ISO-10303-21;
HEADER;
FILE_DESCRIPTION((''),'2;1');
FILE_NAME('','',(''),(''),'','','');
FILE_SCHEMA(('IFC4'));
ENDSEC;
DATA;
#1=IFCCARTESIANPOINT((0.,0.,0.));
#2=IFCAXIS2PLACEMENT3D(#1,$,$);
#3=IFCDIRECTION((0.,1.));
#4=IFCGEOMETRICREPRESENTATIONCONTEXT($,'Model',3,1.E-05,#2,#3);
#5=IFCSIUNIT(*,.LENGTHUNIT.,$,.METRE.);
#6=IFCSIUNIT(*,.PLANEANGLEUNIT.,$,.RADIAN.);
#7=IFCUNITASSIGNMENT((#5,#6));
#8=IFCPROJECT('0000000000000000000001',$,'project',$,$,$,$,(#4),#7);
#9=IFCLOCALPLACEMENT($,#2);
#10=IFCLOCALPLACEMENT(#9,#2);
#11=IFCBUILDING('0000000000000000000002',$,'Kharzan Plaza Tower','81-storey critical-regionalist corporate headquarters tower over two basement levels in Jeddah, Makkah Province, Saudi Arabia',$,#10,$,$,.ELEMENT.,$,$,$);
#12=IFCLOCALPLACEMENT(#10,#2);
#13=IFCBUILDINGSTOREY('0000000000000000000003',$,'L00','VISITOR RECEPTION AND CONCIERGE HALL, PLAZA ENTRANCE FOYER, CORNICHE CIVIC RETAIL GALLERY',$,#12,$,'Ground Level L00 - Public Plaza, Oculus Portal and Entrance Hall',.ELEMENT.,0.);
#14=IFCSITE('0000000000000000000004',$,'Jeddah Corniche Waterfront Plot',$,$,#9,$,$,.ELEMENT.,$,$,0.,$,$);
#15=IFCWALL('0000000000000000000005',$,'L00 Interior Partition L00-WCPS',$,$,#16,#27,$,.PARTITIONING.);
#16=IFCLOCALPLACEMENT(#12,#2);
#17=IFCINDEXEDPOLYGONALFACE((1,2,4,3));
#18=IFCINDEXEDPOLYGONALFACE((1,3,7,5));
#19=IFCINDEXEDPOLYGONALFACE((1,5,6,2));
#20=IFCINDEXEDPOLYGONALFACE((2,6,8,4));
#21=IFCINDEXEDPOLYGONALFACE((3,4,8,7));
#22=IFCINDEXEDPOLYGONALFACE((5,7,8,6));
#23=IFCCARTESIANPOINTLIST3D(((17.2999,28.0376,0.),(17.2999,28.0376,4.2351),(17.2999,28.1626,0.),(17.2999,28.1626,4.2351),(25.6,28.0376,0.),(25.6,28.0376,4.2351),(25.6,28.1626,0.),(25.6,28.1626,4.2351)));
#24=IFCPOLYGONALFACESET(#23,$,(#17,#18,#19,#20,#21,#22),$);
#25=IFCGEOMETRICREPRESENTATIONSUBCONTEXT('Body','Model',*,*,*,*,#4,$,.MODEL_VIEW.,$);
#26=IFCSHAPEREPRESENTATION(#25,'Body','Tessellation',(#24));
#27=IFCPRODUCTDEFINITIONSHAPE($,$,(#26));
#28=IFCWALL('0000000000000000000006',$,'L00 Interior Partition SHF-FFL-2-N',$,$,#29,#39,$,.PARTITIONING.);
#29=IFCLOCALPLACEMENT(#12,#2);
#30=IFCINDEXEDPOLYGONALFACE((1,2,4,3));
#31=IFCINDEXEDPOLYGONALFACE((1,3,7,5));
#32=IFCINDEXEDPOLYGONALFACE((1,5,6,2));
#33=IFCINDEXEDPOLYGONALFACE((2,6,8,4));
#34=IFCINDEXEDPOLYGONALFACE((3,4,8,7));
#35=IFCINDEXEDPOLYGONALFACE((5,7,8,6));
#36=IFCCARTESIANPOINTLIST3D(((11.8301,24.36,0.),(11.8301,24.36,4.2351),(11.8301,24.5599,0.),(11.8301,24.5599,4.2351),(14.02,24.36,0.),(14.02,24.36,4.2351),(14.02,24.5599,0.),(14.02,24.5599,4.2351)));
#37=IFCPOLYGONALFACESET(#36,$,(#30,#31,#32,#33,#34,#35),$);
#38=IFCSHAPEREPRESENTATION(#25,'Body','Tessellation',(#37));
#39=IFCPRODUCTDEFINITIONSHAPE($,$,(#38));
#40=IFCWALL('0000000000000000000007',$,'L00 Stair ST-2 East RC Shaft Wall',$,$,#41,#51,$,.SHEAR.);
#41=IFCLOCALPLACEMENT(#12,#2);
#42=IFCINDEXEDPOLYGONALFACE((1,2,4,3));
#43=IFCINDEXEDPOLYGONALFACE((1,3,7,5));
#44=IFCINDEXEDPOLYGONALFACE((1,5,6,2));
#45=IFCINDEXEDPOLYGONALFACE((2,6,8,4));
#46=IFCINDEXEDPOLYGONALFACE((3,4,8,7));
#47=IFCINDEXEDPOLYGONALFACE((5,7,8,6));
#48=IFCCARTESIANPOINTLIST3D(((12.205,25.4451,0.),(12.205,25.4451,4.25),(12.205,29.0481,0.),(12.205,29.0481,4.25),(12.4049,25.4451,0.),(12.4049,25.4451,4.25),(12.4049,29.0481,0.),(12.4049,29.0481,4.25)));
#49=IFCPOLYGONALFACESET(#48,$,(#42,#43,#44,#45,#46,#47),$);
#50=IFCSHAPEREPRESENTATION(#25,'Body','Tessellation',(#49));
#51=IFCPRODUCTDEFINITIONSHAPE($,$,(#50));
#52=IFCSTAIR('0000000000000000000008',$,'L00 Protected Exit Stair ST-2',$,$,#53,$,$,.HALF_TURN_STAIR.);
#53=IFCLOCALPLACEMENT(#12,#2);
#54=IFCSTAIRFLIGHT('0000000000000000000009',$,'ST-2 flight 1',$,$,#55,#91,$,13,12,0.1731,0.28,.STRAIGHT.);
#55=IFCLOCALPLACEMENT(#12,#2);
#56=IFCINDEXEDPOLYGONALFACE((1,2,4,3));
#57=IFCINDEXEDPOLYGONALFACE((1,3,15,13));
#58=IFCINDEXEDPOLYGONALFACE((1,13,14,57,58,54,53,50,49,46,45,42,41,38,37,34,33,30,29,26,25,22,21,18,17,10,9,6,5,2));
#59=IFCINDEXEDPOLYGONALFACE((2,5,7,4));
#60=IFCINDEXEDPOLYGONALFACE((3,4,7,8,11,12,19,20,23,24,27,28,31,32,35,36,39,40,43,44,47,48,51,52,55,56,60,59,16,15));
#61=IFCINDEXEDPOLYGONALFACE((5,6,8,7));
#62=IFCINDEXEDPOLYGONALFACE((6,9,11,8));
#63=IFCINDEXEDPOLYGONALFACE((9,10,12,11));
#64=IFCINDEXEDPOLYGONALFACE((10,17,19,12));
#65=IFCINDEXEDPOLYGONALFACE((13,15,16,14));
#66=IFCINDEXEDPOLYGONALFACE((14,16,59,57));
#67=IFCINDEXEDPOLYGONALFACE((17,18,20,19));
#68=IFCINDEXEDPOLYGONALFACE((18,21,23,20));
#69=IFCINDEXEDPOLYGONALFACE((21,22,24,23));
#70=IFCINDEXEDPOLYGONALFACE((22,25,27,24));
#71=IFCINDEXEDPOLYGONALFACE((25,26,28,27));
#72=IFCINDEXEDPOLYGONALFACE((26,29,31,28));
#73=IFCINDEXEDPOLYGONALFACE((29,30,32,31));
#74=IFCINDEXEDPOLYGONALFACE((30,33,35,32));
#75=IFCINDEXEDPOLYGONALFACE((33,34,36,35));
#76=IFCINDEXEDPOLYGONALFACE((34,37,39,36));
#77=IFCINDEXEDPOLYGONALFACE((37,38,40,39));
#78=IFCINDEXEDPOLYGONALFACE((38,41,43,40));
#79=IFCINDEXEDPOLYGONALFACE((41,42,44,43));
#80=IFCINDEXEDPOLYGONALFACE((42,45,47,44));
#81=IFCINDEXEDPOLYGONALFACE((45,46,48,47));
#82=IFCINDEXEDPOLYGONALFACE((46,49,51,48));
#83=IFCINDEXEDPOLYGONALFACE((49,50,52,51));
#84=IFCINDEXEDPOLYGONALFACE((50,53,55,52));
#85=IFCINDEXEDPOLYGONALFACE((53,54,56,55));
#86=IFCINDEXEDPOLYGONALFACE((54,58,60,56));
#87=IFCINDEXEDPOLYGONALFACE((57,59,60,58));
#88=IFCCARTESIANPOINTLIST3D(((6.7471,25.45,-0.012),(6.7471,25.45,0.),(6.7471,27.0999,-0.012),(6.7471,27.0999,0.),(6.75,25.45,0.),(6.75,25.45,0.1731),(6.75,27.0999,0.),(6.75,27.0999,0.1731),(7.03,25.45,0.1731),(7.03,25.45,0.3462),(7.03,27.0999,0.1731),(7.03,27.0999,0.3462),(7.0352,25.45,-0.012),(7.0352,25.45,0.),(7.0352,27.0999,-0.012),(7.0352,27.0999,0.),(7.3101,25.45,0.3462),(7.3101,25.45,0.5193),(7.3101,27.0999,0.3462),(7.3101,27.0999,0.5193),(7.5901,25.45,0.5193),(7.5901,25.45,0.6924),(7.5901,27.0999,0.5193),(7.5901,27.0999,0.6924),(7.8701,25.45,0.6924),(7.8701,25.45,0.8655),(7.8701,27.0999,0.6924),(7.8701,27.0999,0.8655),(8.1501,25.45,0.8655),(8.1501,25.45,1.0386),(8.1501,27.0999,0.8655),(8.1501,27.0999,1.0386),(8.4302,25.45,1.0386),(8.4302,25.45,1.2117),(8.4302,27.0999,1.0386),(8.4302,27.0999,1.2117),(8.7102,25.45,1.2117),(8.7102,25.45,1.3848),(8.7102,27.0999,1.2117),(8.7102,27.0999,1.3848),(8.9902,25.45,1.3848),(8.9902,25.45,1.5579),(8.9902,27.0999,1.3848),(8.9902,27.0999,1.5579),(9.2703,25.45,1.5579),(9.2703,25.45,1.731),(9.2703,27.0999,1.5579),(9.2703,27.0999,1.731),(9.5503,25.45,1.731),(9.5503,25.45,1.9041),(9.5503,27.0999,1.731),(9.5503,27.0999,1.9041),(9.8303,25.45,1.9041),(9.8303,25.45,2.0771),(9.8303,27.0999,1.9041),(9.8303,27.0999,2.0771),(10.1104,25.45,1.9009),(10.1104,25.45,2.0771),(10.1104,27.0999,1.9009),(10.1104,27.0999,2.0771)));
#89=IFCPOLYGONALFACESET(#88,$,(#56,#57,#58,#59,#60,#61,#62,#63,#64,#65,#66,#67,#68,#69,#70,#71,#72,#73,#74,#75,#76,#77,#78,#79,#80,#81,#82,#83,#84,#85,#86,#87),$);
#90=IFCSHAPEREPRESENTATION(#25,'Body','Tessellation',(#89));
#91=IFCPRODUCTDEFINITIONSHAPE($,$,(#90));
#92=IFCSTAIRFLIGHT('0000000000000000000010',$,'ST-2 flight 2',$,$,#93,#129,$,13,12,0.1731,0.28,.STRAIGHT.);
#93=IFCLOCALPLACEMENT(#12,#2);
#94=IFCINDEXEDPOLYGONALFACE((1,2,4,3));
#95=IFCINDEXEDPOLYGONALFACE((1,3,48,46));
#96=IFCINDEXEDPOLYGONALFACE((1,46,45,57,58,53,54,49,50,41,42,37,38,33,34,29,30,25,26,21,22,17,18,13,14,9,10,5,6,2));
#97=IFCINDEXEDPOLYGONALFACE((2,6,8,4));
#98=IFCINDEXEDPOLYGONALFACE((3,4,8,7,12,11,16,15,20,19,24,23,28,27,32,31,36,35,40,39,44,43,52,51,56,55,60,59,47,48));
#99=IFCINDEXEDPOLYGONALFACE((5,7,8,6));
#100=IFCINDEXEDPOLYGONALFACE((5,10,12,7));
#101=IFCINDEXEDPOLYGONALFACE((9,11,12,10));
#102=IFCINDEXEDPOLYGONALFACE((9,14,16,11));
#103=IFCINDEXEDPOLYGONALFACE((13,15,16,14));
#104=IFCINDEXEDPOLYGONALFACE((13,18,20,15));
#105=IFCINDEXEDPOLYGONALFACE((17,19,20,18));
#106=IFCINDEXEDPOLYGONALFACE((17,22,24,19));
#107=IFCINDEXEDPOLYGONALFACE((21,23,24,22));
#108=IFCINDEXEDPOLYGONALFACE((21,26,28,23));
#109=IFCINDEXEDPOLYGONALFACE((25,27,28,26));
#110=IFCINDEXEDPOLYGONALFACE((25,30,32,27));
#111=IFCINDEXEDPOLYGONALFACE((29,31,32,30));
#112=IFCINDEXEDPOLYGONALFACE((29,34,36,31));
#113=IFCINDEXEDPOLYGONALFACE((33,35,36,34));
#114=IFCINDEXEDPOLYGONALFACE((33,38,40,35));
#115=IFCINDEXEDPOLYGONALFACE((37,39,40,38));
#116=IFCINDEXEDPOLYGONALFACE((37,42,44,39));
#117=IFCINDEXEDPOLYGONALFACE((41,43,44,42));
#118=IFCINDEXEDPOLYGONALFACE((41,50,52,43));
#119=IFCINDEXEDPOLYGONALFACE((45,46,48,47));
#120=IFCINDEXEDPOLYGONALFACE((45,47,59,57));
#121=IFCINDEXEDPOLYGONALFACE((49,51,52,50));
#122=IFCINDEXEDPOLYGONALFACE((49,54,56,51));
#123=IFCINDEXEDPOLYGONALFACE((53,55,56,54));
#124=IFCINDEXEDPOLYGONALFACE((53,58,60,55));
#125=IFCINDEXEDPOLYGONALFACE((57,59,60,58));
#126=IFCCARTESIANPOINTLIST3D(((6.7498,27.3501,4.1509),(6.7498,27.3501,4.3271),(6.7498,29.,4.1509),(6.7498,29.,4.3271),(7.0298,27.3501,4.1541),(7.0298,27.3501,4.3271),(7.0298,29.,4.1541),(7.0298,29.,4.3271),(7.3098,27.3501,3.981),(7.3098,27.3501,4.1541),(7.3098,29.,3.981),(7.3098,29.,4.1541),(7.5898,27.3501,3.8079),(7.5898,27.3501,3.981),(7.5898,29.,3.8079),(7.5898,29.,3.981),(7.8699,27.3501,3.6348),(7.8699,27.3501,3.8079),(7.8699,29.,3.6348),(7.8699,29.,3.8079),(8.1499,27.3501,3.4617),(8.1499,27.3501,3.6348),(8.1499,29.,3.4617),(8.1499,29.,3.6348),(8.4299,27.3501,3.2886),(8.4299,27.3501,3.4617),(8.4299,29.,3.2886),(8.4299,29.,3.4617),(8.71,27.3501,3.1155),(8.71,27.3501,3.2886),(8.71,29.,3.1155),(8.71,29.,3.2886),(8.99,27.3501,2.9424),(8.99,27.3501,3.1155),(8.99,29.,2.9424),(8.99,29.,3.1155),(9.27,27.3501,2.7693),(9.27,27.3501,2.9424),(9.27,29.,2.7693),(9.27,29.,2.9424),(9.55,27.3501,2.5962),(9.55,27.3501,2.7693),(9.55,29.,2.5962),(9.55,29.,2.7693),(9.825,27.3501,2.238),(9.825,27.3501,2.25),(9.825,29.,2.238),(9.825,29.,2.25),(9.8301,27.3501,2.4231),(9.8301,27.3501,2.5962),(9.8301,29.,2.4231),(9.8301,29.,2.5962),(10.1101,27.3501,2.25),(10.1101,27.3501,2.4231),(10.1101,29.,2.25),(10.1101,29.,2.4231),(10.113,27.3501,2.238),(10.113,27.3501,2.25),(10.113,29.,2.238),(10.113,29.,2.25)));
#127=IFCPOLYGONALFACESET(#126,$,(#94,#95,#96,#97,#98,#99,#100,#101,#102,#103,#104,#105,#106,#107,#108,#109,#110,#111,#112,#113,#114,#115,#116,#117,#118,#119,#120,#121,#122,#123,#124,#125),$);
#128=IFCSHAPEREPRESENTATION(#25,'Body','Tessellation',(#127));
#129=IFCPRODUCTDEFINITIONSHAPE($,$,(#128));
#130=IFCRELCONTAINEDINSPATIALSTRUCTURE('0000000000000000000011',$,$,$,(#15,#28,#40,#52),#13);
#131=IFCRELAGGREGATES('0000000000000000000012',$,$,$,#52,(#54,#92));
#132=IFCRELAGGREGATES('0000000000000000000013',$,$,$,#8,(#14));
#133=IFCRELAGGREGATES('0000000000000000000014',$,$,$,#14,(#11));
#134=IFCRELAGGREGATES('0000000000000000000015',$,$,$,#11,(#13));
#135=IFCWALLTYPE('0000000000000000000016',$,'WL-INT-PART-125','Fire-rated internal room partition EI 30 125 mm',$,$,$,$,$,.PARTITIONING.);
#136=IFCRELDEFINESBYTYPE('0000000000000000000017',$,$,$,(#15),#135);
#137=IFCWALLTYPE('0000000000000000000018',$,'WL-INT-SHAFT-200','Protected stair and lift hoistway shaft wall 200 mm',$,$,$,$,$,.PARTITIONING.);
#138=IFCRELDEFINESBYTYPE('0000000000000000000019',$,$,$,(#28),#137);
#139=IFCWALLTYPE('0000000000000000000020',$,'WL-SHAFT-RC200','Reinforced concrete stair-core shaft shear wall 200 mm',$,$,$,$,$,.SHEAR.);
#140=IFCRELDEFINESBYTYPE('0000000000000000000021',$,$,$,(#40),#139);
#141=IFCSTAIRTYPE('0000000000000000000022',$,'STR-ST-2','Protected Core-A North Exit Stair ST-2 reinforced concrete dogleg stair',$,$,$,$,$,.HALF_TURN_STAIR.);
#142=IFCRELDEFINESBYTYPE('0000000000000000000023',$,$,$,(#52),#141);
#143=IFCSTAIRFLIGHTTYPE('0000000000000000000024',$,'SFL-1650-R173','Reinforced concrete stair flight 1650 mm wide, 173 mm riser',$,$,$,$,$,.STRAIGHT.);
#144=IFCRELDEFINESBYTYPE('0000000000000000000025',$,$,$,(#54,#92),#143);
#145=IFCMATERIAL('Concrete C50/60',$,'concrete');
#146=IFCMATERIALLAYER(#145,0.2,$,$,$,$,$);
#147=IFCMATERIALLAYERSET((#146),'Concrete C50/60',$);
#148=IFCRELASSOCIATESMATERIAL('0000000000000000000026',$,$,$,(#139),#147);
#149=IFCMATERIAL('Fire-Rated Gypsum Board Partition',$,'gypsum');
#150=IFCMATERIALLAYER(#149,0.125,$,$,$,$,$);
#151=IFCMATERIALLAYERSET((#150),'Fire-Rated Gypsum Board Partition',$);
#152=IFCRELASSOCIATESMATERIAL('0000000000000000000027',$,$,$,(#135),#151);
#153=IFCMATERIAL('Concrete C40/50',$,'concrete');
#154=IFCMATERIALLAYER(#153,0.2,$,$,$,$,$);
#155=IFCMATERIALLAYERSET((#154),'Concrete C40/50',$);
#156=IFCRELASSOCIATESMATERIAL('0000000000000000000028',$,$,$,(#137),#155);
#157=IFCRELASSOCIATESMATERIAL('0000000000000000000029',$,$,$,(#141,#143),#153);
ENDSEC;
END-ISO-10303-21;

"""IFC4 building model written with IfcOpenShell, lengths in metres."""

from ifc_helpers import new_model, si_unit, direction, frame, frame_2d, origin, place, context, subcontext, project, spatial, polyline, rectangle, outline, extrude, source, transform, mapped, material, layer, layer_set, type_object, element, aggregate, save


model = new_model("IFC4")

# Units and contexts
model_context = context("Model", 3, precision=1e-05, world=origin(), true_north=direction((0.0, 1.0)))
body_context = subcontext(model_context, "Body", "Model", "MODEL_VIEW")
ifc_project = project(units=[si_unit("LENGTHUNIT", "METRE"), si_unit("PLANEANGLEUNIT", "RADIAN")], contexts=[model_context])

# Site, building, storey
site_placement = place(None, origin())
site = spatial("IfcSite", under=ifc_project, at=site_placement, Name="Jeddah Corniche Waterfront Plot", CompositionType="ELEMENT", RefElevation=0.0)
building_placement = place(site_placement, origin())
building = spatial("IfcBuilding", under=site, at=building_placement, Name="Kharzan Plaza Tower", Description="81-storey critical-regionalist corporate headquarters tower over two basement levels in Jeddah, Makkah Province, Saudi Arabia", CompositionType="ELEMENT")
storey_placement = place(building_placement, origin())
storey = spatial("IfcBuildingStorey", under=building, at=storey_placement, Name="L00", Description="VISITOR RECEPTION AND CONCIERGE HALL, PLAZA ENTRANCE FOYER, CORNICHE CIVIC RETAIL GALLERY", LongName="Ground Level L00 - Public Plaza, Oculus Portal and Entrance Hall", CompositionType="ELEMENT", Elevation=0.0)

# Shared definitions
ifc_material_1 = material(Name="Concrete C50/60", Category="concrete")
ifc_layer_1 = layer(ifc_material_1, 0.2)
ifc_layer_set_1 = layer_set([ifc_layer_1], Name="Concrete C50/60")
wall_type_1 = type_object("IfcWallType", Name="WL-SHAFT-RC200", Description="Reinforced concrete stair-core shaft shear wall 200 mm", PredefinedType="SHEAR", material=ifc_layer_set_1)

# Walls
ifc_material_2 = material(Name="Fire-Rated Gypsum Board Partition", Category="gypsum")
ifc_layer_2 = layer(ifc_material_2, 0.125)
ifc_layer_set_2 = layer_set([ifc_layer_2], Name="Fire-Rated Gypsum Board Partition")
wall_type_2 = type_object("IfcWallType", Name="WL-INT-PART-125", Description="Fire-rated internal room partition EI 30 125 mm", PredefinedType="PARTITIONING", material=ifc_layer_set_2)
shared_shape_1 = source(origin(), body_context, "Body", "SweptSolid", [
    extrude(rectangle(XDim=8.3, YDim=0.125, at=frame_2d((4.1499, 0.0))), origin(), (0.0, 0.0, 1.0), 4.2351),
])
wall_1_placement = place(storey_placement, frame((17.3, 28.1001, 0.0), z_axis=(0.0, 0.0, 1.0), x_axis=(1.0, 0.0, 0.0)))
element("IfcWall", 1, at=wall_1_placement, inside=storey, type_object=wall_type_2, Name="L00 Interior Partition L00-WCPS", PredefinedType="PARTITIONING", context=body_context, shape_type="MappedRepresentation", body=[
    mapped(shared_shape_1, transform((0.0, 0.0, 0.0), x_axis=(1.0, 0.0, 0.0), y_axis=(0.0, 1.0, 0.0), z_axis=(0.0, 0.0, 1.0))),
])
ifc_material_3 = material(Name="Concrete C40/50", Category="concrete")
ifc_layer_3 = layer(ifc_material_3, 0.2)
ifc_layer_set_3 = layer_set([ifc_layer_3], Name="Concrete C40/50")
wall_type_3 = type_object("IfcWallType", Name="WL-INT-SHAFT-200", Description="Protected stair and lift hoistway shaft wall 200 mm", PredefinedType="PARTITIONING", material=ifc_layer_set_3)
shared_shape_2 = source(origin(), body_context, "Body", "SweptSolid", [
    extrude(rectangle(XDim=2.1899, YDim=0.2, at=frame_2d((1.095, 0.0))), origin(), (0.0, 0.0, 1.0), 4.2351),
])
wall_2_placement = place(storey_placement, frame((11.8301, 24.46, 0.0), z_axis=(0.0, 0.0, 1.0), x_axis=(1.0, 0.0, 0.0)))
element("IfcWall", 2, at=wall_2_placement, inside=storey, type_object=wall_type_3, Name="L00 Interior Partition SHF-FFL-2-N", PredefinedType="PARTITIONING", context=body_context, shape_type="MappedRepresentation", body=[
    mapped(shared_shape_2, transform((0.0, 0.0, 0.0), x_axis=(1.0, 0.0, 0.0), y_axis=(0.0, 1.0, 0.0), z_axis=(0.0, 0.0, 1.0))),
])
shared_shape_3 = source(origin(), body_context, "Body", "SweptSolid", [
    extrude(rectangle(XDim=3.603, YDim=0.2, at=frame_2d((1.8015, 0.0))), origin(), (0.0, 0.0, 1.0), 4.25),
])
wall_3_placement = place(storey_placement, frame((12.3049, 25.4451, 0.0), z_axis=(0.0, 0.0, 1.0), x_axis=(0.0, 1.0, 0.0)))
element("IfcWall", 3, at=wall_3_placement, inside=storey, type_object=wall_type_1, Name="L00 Stair ST-2 East RC Shaft Wall", PredefinedType="SHEAR", context=body_context, shape_type="MappedRepresentation", body=[
    mapped(shared_shape_3, transform((0.0, 0.0, 0.0), x_axis=(1.0, 0.0, 0.0), y_axis=(0.0, 1.0, 0.0), z_axis=(0.0, 0.0, 1.0))),
])

# Stair, stair flights
stair_type = type_object("IfcStairType", Name="STR-ST-2", Description="Protected Core-A North Exit Stair ST-2 reinforced concrete dogleg stair", PredefinedType="HALF_TURN_STAIR", material=ifc_material_3)
stair_placement = place(storey_placement, origin())
stair = element("IfcStair", 4, at=stair_placement, inside=storey, type_object=stair_type, Name="L00 Protected Exit Stair ST-2", PredefinedType="HALF_TURN_STAIR")
stair_flight_type = type_object("IfcStairFlightType", Name="SFL-1650-R173", Description="Reinforced concrete stair flight 1650 mm wide, 173 mm riser", PredefinedType="STRAIGHT", material=ifc_material_3)
shared_shape_4 = source(origin(), body_context, "Body", "SweptSolid", [
    extrude(outline(polyline([(-0.0029, -0.012), (-0.0029, 0.0), (0.0, 0.0), (0.0, 0.1731), (0.28, 0.1731), (0.28, 0.3462), (0.5601, 0.3462), (0.5601, 0.5193), (0.8401, 0.5193), (0.8401, 0.6924), (1.1201, 0.6924), (1.1201, 0.8655), (1.4001, 0.8655), (1.4001, 1.0386), (1.6802, 1.0386), (1.6802, 1.2117), (1.9602, 1.2117), (1.9602, 1.3848), (2.2402, 1.3848), (2.2402, 1.5579), (2.5203, 1.5579), (2.5203, 1.731), (2.8003, 1.731), (2.8003, 1.9041), (3.0803, 1.9041), (3.0803, 2.0771), (3.3604, 2.0771), (3.3604, 2.2502), (3.3604, 1.9009), (0.2852, 0.0), (0.2852, -0.012), (-0.0029, -0.012)])), frame((0.0, 0.825, 0.0), z_axis=(0.0, -1.0, 0.0), x_axis=(1.0, 0.0, 0.0)), (0.0, 0.0, 1.0), 1.6499),
])
stair_flight_1_placement = place(storey_placement, frame((6.75, 26.2749, 0.0), z_axis=(0.0, 0.0, 1.0), x_axis=(1.0, 0.0, 0.0)))
stair_flight_1 = element("IfcStairFlight", 5, at=stair_flight_1_placement, type_object=stair_flight_type, Name="ST-2 flight 1", NumberOfRisers=13, NumberOfTreads=12, PredefinedType="STRAIGHT", RiserHeight=0.1731, TreadLength=0.28, context=body_context, shape_type="MappedRepresentation", body=[
    mapped(shared_shape_4, transform((0.0, 0.0, 0.0), x_axis=(1.0, 0.0, 0.0), y_axis=(0.0, 1.0, 0.0), z_axis=(0.0, 0.0, 1.0))),
])
stair_flight_2_placement = place(storey_placement, frame((10.1101, 28.175, 2.25), z_axis=(0.0, 0.0, 1.0), x_axis=(-1.0, 0.0, 0.0)))
stair_flight_2 = element("IfcStairFlight", 6, at=stair_flight_2_placement, type_object=stair_flight_type, Name="ST-2 flight 2", NumberOfRisers=13, NumberOfTreads=12, PredefinedType="STRAIGHT", RiserHeight=0.1731, TreadLength=0.28, context=body_context, shape_type="MappedRepresentation", body=[
    mapped(shared_shape_4, transform((0.0, 0.0, 0.0), x_axis=(1.0, 0.0, 0.0), y_axis=(0.0, 1.0, 0.0), z_axis=(0.0, 0.0, 1.0))),
])
aggregate(stair, [stair_flight_1, stair_flight_2])

save(model, "model.ifc")
